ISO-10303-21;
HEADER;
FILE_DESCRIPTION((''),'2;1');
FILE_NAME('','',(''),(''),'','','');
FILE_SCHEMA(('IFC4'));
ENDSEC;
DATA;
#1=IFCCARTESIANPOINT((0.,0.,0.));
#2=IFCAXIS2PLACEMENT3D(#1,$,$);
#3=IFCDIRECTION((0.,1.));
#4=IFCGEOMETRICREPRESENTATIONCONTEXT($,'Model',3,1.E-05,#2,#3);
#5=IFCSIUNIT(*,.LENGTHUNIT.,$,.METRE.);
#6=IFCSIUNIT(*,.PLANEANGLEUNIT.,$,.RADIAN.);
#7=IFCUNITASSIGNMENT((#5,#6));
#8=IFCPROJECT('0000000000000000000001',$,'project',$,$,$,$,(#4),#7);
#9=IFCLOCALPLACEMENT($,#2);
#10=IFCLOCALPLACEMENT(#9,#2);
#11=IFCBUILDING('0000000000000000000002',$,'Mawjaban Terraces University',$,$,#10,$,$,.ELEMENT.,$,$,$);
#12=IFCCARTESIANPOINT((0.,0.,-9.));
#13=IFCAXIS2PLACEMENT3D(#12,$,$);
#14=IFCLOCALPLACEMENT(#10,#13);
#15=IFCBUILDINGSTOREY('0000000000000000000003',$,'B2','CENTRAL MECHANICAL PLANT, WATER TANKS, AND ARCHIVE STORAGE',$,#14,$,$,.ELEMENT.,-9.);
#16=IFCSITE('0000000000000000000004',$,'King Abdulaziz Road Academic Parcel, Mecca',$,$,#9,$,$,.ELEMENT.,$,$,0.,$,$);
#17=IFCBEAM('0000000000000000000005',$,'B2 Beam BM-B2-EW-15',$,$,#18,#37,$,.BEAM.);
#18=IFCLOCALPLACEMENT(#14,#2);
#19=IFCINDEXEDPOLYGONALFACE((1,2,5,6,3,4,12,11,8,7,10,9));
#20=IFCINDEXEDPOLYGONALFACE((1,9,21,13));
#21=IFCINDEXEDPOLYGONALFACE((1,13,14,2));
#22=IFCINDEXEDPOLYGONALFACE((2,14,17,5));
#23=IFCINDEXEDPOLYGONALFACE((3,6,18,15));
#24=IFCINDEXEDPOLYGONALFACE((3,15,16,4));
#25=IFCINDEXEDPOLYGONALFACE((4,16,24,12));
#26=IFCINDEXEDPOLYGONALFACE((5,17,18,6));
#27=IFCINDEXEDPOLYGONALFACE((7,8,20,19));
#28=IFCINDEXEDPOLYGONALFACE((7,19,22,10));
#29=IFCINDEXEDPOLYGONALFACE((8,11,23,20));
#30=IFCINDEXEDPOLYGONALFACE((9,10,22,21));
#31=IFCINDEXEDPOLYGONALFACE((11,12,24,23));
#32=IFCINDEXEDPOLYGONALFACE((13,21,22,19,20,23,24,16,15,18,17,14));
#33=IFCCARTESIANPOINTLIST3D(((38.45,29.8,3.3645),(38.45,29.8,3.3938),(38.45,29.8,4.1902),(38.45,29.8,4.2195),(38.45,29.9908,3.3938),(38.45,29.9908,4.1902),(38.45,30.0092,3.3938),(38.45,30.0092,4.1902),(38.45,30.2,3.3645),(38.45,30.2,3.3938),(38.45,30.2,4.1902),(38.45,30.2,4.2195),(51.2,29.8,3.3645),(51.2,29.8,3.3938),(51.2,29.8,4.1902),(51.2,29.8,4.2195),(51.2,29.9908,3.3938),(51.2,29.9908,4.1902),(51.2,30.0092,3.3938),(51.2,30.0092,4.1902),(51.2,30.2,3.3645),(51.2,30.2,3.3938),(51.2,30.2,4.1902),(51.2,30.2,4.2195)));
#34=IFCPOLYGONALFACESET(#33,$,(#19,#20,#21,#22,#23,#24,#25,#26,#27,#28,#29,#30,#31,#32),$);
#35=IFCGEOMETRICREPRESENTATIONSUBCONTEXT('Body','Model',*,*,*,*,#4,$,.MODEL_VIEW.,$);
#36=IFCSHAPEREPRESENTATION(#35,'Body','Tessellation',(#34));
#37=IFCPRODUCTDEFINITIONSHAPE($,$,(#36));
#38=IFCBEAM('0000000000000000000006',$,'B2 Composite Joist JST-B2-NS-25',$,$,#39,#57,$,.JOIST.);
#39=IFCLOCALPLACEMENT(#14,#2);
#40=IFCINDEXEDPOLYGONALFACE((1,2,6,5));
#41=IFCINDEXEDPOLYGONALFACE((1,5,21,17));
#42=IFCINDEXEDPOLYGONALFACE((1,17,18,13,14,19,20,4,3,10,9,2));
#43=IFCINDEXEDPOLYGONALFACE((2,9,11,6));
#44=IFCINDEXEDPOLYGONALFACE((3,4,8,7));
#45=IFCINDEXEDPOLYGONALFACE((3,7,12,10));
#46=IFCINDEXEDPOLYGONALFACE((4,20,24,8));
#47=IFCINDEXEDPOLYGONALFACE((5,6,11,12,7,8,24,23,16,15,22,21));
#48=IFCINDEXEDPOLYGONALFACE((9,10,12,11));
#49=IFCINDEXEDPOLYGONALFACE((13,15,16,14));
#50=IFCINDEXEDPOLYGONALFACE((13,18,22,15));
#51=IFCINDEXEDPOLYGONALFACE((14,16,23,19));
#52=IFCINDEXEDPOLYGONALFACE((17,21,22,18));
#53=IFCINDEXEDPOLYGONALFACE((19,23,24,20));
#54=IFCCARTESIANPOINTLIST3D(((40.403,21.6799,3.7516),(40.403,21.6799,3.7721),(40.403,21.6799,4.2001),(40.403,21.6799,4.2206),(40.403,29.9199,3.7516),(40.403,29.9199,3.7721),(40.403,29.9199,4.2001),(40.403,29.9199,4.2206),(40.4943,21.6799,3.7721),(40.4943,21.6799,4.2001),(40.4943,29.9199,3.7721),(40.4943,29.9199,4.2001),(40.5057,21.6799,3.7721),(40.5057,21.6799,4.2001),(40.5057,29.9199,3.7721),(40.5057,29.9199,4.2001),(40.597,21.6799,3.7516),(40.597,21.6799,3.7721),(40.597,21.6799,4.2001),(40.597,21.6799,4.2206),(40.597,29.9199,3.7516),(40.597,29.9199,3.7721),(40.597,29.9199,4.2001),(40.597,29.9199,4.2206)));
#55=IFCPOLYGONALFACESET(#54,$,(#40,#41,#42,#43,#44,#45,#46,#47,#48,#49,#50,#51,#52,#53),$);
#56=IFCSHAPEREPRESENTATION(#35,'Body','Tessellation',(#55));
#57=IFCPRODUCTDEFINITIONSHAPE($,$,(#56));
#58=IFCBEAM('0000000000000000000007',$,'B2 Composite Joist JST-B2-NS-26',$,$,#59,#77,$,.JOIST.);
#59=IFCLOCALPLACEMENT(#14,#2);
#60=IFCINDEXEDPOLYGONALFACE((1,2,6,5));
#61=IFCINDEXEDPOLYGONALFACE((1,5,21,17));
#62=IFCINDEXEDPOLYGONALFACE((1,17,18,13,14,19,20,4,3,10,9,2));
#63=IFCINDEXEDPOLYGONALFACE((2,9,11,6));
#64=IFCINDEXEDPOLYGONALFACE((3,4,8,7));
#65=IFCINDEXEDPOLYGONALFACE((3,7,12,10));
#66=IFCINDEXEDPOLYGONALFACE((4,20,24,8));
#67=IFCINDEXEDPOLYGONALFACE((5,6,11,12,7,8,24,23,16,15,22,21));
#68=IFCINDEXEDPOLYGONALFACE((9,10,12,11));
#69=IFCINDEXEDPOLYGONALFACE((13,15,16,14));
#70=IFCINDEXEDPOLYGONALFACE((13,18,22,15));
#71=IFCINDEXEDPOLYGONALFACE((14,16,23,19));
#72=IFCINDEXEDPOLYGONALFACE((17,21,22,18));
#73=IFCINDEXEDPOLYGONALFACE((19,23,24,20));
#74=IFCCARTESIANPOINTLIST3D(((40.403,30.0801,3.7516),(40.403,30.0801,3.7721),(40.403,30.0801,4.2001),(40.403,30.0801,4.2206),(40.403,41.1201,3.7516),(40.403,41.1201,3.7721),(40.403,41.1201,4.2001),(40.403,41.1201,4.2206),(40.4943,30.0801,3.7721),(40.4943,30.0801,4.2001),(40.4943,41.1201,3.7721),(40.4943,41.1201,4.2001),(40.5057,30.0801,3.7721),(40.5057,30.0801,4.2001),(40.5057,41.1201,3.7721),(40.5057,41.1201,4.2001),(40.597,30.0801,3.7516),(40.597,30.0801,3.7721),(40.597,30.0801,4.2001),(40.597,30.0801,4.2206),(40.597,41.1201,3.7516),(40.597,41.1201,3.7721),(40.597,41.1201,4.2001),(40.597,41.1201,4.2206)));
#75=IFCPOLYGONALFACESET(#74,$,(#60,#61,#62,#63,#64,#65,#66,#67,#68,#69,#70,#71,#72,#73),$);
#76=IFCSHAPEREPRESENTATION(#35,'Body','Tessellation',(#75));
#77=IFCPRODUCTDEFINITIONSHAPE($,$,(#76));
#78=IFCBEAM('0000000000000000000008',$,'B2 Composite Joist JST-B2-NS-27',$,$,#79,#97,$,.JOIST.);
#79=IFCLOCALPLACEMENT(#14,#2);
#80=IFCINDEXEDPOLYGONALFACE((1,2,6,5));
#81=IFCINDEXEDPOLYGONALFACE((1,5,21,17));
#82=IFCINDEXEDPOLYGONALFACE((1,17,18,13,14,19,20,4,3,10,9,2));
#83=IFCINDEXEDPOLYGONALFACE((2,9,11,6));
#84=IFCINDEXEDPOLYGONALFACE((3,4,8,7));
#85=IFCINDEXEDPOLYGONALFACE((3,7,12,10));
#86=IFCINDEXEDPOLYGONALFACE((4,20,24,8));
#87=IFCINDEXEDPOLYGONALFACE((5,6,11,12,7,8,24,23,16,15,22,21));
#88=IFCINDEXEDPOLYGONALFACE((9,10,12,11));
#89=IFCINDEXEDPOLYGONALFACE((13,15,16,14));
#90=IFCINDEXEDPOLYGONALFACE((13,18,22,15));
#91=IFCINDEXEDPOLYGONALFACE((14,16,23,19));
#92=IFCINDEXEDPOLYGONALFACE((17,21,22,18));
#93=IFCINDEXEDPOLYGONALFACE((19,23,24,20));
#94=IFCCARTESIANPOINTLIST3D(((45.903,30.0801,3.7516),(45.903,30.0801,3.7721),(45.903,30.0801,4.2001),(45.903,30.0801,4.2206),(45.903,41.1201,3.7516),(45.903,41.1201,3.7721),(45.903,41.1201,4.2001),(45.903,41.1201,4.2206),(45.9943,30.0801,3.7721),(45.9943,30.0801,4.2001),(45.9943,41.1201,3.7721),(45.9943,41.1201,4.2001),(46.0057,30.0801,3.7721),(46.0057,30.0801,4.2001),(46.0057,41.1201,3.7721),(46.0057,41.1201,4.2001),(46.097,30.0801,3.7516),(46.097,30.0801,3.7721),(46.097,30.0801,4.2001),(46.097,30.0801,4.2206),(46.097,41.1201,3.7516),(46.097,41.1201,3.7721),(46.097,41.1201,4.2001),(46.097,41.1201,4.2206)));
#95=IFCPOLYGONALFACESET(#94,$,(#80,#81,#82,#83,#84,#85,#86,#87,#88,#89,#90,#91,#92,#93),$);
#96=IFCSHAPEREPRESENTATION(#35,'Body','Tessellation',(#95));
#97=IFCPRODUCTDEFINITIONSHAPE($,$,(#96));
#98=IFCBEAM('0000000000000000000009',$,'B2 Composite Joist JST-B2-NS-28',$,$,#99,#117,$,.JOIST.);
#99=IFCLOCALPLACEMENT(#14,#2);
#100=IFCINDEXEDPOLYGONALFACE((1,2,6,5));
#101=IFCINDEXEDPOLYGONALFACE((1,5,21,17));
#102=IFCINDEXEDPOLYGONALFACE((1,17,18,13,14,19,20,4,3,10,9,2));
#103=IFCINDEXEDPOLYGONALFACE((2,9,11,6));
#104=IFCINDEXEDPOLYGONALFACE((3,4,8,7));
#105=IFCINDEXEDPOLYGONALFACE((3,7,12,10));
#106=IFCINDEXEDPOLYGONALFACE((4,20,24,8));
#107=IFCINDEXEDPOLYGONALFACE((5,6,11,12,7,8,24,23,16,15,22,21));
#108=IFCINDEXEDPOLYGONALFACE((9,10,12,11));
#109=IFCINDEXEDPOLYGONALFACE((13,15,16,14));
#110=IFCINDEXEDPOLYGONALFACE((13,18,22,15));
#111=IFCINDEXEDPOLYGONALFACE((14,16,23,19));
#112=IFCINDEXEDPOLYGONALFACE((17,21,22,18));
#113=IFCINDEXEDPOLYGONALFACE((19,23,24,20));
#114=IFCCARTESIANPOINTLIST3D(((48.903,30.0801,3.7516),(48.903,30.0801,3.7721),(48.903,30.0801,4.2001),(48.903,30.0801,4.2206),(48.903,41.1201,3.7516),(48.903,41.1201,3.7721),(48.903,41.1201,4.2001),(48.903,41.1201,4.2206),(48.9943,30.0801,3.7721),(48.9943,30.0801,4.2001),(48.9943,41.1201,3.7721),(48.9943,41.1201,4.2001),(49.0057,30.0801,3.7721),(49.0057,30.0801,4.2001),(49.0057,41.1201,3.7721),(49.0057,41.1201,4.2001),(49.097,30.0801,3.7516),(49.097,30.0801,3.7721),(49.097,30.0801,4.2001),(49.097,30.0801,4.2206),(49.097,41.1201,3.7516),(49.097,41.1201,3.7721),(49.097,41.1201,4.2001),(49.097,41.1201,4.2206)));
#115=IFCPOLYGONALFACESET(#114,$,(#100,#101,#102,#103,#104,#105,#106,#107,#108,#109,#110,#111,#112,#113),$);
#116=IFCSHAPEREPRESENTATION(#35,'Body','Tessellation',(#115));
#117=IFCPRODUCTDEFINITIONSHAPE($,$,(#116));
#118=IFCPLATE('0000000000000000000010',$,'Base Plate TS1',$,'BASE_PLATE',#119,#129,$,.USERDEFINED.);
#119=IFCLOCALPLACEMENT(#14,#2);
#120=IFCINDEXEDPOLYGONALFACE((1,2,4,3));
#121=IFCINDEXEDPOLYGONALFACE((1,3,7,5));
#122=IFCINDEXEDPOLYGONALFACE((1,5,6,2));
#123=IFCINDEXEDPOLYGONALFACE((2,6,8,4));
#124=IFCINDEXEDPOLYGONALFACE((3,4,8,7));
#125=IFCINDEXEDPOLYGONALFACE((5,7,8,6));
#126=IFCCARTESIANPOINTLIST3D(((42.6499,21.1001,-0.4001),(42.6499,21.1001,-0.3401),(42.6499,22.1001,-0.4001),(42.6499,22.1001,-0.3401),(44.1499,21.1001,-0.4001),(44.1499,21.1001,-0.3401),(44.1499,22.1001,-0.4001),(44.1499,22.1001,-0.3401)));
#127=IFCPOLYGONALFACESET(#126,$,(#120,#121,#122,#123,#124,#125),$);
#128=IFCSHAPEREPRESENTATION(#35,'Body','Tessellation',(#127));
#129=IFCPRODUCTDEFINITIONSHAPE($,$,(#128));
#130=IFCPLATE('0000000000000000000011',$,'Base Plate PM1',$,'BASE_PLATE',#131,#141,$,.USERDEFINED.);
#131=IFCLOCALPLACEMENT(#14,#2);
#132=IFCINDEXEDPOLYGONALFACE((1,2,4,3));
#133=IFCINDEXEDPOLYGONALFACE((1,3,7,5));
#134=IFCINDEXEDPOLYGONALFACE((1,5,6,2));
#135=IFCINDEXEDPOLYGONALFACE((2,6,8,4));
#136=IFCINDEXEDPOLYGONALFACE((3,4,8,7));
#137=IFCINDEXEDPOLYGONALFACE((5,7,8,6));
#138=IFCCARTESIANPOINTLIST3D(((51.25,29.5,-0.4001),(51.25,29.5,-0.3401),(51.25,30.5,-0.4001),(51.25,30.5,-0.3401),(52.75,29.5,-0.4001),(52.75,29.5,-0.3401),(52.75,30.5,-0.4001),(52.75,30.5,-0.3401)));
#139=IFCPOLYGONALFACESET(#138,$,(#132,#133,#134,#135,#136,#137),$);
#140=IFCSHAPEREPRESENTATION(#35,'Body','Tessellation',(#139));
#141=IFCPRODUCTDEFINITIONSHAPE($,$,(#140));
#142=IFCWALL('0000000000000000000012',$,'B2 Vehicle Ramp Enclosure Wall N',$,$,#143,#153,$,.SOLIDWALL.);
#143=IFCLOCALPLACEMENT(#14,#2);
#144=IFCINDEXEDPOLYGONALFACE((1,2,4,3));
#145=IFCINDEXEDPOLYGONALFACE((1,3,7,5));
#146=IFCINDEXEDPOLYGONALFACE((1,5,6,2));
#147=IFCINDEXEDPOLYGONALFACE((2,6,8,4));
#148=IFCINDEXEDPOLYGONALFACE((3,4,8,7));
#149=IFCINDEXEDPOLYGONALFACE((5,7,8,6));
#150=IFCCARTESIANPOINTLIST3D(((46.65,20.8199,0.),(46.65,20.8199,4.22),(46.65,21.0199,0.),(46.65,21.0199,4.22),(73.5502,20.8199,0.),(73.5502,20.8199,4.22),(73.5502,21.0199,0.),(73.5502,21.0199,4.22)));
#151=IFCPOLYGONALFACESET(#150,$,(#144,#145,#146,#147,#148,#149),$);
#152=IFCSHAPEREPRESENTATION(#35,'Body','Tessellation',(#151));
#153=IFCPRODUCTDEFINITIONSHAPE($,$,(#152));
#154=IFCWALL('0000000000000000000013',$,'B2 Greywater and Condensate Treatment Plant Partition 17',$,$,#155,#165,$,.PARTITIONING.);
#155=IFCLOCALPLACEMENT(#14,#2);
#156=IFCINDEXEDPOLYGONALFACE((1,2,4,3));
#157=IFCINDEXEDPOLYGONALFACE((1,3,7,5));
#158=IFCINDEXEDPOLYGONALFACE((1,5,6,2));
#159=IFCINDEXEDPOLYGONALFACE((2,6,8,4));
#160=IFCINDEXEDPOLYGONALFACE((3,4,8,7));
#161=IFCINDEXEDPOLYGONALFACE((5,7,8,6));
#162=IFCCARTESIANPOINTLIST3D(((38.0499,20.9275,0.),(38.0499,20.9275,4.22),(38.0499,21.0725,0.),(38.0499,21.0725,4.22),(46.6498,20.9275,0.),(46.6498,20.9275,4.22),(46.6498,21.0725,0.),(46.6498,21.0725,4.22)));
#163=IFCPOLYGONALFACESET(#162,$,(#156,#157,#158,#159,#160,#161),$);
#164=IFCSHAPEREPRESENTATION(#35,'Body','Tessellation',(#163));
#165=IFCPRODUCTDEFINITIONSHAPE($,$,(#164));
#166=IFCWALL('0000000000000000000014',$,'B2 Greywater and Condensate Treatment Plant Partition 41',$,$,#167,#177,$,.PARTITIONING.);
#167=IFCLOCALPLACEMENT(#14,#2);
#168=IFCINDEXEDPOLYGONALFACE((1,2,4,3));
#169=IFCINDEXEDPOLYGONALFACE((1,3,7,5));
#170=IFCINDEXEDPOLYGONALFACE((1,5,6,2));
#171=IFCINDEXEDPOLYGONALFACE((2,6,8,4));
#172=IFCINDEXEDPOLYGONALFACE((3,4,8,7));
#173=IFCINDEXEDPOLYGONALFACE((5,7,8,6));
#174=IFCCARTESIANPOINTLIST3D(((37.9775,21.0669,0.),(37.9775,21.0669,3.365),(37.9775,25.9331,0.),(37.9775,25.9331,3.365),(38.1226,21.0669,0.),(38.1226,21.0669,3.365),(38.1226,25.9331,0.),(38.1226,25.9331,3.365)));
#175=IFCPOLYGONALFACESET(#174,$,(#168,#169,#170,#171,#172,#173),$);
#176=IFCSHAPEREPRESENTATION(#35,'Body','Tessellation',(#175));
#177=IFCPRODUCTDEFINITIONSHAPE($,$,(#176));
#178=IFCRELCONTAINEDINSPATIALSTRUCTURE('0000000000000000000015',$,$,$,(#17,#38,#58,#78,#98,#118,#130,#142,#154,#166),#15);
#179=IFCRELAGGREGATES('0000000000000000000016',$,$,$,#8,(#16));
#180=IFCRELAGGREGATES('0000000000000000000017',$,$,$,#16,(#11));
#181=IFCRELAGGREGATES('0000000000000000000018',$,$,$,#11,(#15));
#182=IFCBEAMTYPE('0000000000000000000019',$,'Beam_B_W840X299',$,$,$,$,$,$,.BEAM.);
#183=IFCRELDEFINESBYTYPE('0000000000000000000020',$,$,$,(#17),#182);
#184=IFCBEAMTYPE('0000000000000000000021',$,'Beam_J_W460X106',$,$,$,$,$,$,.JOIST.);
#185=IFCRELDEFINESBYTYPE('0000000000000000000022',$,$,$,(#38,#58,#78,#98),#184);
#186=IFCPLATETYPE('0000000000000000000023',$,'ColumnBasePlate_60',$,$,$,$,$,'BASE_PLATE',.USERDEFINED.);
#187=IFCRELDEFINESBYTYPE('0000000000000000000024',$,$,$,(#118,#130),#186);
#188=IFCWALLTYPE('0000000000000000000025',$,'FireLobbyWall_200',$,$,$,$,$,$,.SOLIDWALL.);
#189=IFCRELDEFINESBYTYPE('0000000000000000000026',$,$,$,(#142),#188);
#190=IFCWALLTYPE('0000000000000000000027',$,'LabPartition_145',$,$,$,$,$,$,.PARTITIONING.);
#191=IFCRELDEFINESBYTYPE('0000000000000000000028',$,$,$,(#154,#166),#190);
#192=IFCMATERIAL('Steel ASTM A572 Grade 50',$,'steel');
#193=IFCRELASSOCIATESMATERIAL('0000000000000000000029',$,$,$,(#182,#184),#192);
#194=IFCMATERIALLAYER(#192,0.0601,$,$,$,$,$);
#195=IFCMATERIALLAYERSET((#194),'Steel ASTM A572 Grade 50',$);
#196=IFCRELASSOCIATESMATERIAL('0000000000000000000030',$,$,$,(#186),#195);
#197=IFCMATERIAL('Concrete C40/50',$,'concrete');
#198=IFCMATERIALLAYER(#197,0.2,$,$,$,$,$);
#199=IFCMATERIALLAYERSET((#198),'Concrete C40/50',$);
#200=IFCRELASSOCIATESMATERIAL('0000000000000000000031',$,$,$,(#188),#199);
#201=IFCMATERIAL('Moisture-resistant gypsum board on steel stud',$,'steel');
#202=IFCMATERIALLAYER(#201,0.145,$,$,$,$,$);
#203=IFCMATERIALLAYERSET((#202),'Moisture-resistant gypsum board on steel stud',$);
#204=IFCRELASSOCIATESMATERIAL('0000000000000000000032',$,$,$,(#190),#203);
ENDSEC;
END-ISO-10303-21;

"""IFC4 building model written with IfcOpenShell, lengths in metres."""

from ifc_helpers import new_model, si_unit, direction, frame, frame_2d, origin, origin_2d, place, context, subcontext, project, spatial, rectangle, i_section, extrude, material, layer, layer_set, material_profile, profile_set, type_object, element, save


model = new_model("IFC4")

# Units and contexts
model_context = context("Model", 3, precision=1e-05, world=origin(), true_north=direction((0.0, 1.0)))
body_context = subcontext(model_context, "Body", "Model", "MODEL_VIEW")
ifc_project = project(units=[si_unit("LENGTHUNIT", "METRE"), si_unit("PLANEANGLEUNIT", "RADIAN")], contexts=[model_context])

# Site, building, storey
site_placement = place(None, origin())
site = spatial("IfcSite", under=ifc_project, at=site_placement, Name="King Abdulaziz Road Academic Parcel, Mecca", CompositionType="ELEMENT", RefElevation=0.0)
building_placement = place(site_placement, origin())
building = spatial("IfcBuilding", under=site, at=building_placement, Name="Mawjaban Terraces University", CompositionType="ELEMENT")
storey_placement = place(building_placement, frame((0.0, 0.0, -9.0)))
storey = spatial("IfcBuildingStorey", under=building, at=storey_placement, Name="B2", Description="CENTRAL MECHANICAL PLANT, WATER TANKS, AND ARCHIVE STORAGE", CompositionType="ELEMENT", Elevation=-9.0)

# Beams
ifc_material_1 = material(Name="Steel ASTM A572 Grade 50", Category="steel")
ifc_material_profile_1 = material_profile(ifc_material_1, i_section(OverallWidth=0.3999, OverallDepth=0.855, WebThickness=0.0183, FlangeThickness=0.0293, at=origin_2d()), Name="W840X299")
ifc_profile_set_1 = profile_set([ifc_material_profile_1], Name="Steel ASTM A572 Grade 50")
beam_type_1 = type_object("IfcBeamType", Name="Beam_B_W840X299", PredefinedType="BEAM", material=ifc_profile_set_1)
beam_1_placement = place(storey_placement, frame((38.45, 30.0, 3.792), z_axis=(1.0, 0.0, 0.0), x_axis=(0.0, 1.0, 0.0)))
element("IfcBeam", 1, at=beam_1_placement, inside=storey, type_object=beam_type_1, Name="B2 Beam BM-B2-EW-15", PredefinedType="BEAM", context=body_context, shape_type="SweptSolid", body=[
    extrude(i_section(OverallWidth=0.3999, OverallDepth=0.855, WebThickness=0.0183, FlangeThickness=0.0293, at=origin_2d()), origin(), (0.0, 0.0, 1.0), 12.75),
])
ifc_material_profile_2 = material_profile(ifc_material_1, i_section(OverallWidth=0.1941, OverallDepth=0.469, WebThickness=0.0115, FlangeThickness=0.0205, at=origin_2d()), Name="W460X106")
ifc_profile_set_2 = profile_set([ifc_material_profile_2], Name="Steel ASTM A572 Grade 50")
beam_type_2 = type_object("IfcBeamType", Name="Beam_J_W460X106", PredefinedType="JOIST", material=ifc_profile_set_2)
beam_2_placement = place(storey_placement, frame((40.5, 21.6799, 3.9861), z_axis=(0.0, 1.0, 0.0), x_axis=(-1.0, 0.0, 0.0)))
element("IfcBeam", 2, at=beam_2_placement, inside=storey, type_object=beam_type_2, Name="B2 Composite Joist JST-B2-NS-25", PredefinedType="JOIST", context=body_context, shape_type="SweptSolid", body=[
    extrude(i_section(OverallWidth=0.1941, OverallDepth=0.469, WebThickness=0.0115, FlangeThickness=0.0205, at=origin_2d()), origin(), (0.0, 0.0, 1.0), 8.24),
])
for number, where, z_axis, x_axis, name in (
    (3, (40.5, 30.0801, 3.9861), (0.0, 1.0, 0.0), (-1.0, 0.0, 0.0), "B2 Composite Joist JST-B2-NS-26"),
    (4, (46.0, 30.0801, 3.9861), (0.0, 1.0, 0.0), (-1.0, 0.0, 0.0), "B2 Composite Joist JST-B2-NS-27"),
    (5, (49.0, 30.0801, 3.9861), (0.0, 1.0, 0.0), (-1.0, 0.0, 0.0), "B2 Composite Joist JST-B2-NS-28"),
):
    element("IfcBeam", number, at=place(storey_placement, frame(where, z_axis=z_axis, x_axis=x_axis)), inside=storey, type_object=beam_type_2, Name=name, PredefinedType="JOIST", context=body_context, shape_type="SweptSolid", body=[
        extrude(i_section(OverallWidth=0.1941, OverallDepth=0.469, WebThickness=0.0115, FlangeThickness=0.0205, at=origin_2d()), origin(), (0.0, 0.0, 1.0), 11.04),
    ])

# Plates
ifc_layer_1 = layer(ifc_material_1, 0.0601)
ifc_layer_set_1 = layer_set([ifc_layer_1], Name="Steel ASTM A572 Grade 50")
plate_type = type_object("IfcPlateType", Name="ColumnBasePlate_60", ElementType="BASE_PLATE", PredefinedType="USERDEFINED", material=ifc_layer_set_1)
for number, where, z_axis, x_axis, name in (
    (6, (43.3999, 21.6001, -0.4001), (0.0, 0.0, 1.0), (1.0, 0.0, 0.0), "Base Plate TS1"),
    (7, (52.0, 30.0, -0.4001), (0.0, 0.0, 1.0), (1.0, 0.0, 0.0), "Base Plate PM1"),
):
    element("IfcPlate", number, at=place(storey_placement, frame(where, z_axis=z_axis, x_axis=x_axis)), inside=storey, type_object=plate_type, Name=name, ObjectType="BASE_PLATE", PredefinedType="USERDEFINED", context=body_context, shape_type="SweptSolid", body=[
        extrude(rectangle(XDim=1.5, YDim=1.0, at=origin_2d()), origin(), (0.0, 0.0, 1.0), 0.0601),
    ])

# Walls
ifc_material_2 = material(Name="Concrete C40/50", Category="concrete")
ifc_layer_2 = layer(ifc_material_2, 0.2)
ifc_layer_set_2 = layer_set([ifc_layer_2], Name="Concrete C40/50")
wall_type_1 = type_object("IfcWallType", Name="FireLobbyWall_200", PredefinedType="SOLIDWALL", material=ifc_layer_set_2)
wall_1_placement = place(storey_placement, frame((46.6499, 20.9199, 0.0), z_axis=(0.0, 0.0, 1.0), x_axis=(1.0, 0.0, 0.0)))
element("IfcWall", 8, at=wall_1_placement, inside=storey, type_object=wall_type_1, Name="B2 Vehicle Ramp Enclosure Wall N", PredefinedType="SOLIDWALL", context=body_context, shape_type="SweptSolid", body=[
    extrude(rectangle(XDim=26.9001, YDim=0.2, at=frame_2d((13.4502, 0.0))), origin(), (0.0, 0.0, 1.0), 4.22),
])
ifc_material_3 = material(Name="Moisture-resistant gypsum board on steel stud", Category="steel")
ifc_layer_3 = layer(ifc_material_3, 0.145)
ifc_layer_set_3 = layer_set([ifc_layer_3], Name="Moisture-resistant gypsum board on steel stud")
wall_type_2 = type_object("IfcWallType", Name="LabPartition_145", PredefinedType="PARTITIONING", material=ifc_layer_set_3)
wall_2_placement = place(storey_placement, frame((38.05, 21.0, 0.0), z_axis=(0.0, 0.0, 1.0), x_axis=(1.0, 0.0, 0.0)))
element("IfcWall", 9, at=wall_2_placement, inside=storey, type_object=wall_type_2, Name="B2 Greywater and Condensate Treatment Plant Partition 17", PredefinedType="PARTITIONING", context=body_context, shape_type="SweptSolid", body=[
    extrude(rectangle(XDim=8.5999, YDim=0.145, at=frame_2d((4.2998, 0.0))), origin(), (0.0, 0.0, 1.0), 4.22),
])
wall_3_placement = place(storey_placement, frame((38.05, 25.9331, 0.0), z_axis=(0.0, 0.0, 1.0), x_axis=(0.0, -1.0, 0.0)))
element("IfcWall", 10, at=wall_3_placement, inside=storey, type_object=wall_type_2, Name="B2 Greywater and Condensate Treatment Plant Partition 41", PredefinedType="PARTITIONING", context=body_context, shape_type="SweptSolid", body=[
    extrude(rectangle(XDim=4.8662, YDim=0.145, at=frame_2d((2.4331, 0.0))), origin(), (0.0, 0.0, 1.0), 3.365),
])

save(model, "model.ifc")
